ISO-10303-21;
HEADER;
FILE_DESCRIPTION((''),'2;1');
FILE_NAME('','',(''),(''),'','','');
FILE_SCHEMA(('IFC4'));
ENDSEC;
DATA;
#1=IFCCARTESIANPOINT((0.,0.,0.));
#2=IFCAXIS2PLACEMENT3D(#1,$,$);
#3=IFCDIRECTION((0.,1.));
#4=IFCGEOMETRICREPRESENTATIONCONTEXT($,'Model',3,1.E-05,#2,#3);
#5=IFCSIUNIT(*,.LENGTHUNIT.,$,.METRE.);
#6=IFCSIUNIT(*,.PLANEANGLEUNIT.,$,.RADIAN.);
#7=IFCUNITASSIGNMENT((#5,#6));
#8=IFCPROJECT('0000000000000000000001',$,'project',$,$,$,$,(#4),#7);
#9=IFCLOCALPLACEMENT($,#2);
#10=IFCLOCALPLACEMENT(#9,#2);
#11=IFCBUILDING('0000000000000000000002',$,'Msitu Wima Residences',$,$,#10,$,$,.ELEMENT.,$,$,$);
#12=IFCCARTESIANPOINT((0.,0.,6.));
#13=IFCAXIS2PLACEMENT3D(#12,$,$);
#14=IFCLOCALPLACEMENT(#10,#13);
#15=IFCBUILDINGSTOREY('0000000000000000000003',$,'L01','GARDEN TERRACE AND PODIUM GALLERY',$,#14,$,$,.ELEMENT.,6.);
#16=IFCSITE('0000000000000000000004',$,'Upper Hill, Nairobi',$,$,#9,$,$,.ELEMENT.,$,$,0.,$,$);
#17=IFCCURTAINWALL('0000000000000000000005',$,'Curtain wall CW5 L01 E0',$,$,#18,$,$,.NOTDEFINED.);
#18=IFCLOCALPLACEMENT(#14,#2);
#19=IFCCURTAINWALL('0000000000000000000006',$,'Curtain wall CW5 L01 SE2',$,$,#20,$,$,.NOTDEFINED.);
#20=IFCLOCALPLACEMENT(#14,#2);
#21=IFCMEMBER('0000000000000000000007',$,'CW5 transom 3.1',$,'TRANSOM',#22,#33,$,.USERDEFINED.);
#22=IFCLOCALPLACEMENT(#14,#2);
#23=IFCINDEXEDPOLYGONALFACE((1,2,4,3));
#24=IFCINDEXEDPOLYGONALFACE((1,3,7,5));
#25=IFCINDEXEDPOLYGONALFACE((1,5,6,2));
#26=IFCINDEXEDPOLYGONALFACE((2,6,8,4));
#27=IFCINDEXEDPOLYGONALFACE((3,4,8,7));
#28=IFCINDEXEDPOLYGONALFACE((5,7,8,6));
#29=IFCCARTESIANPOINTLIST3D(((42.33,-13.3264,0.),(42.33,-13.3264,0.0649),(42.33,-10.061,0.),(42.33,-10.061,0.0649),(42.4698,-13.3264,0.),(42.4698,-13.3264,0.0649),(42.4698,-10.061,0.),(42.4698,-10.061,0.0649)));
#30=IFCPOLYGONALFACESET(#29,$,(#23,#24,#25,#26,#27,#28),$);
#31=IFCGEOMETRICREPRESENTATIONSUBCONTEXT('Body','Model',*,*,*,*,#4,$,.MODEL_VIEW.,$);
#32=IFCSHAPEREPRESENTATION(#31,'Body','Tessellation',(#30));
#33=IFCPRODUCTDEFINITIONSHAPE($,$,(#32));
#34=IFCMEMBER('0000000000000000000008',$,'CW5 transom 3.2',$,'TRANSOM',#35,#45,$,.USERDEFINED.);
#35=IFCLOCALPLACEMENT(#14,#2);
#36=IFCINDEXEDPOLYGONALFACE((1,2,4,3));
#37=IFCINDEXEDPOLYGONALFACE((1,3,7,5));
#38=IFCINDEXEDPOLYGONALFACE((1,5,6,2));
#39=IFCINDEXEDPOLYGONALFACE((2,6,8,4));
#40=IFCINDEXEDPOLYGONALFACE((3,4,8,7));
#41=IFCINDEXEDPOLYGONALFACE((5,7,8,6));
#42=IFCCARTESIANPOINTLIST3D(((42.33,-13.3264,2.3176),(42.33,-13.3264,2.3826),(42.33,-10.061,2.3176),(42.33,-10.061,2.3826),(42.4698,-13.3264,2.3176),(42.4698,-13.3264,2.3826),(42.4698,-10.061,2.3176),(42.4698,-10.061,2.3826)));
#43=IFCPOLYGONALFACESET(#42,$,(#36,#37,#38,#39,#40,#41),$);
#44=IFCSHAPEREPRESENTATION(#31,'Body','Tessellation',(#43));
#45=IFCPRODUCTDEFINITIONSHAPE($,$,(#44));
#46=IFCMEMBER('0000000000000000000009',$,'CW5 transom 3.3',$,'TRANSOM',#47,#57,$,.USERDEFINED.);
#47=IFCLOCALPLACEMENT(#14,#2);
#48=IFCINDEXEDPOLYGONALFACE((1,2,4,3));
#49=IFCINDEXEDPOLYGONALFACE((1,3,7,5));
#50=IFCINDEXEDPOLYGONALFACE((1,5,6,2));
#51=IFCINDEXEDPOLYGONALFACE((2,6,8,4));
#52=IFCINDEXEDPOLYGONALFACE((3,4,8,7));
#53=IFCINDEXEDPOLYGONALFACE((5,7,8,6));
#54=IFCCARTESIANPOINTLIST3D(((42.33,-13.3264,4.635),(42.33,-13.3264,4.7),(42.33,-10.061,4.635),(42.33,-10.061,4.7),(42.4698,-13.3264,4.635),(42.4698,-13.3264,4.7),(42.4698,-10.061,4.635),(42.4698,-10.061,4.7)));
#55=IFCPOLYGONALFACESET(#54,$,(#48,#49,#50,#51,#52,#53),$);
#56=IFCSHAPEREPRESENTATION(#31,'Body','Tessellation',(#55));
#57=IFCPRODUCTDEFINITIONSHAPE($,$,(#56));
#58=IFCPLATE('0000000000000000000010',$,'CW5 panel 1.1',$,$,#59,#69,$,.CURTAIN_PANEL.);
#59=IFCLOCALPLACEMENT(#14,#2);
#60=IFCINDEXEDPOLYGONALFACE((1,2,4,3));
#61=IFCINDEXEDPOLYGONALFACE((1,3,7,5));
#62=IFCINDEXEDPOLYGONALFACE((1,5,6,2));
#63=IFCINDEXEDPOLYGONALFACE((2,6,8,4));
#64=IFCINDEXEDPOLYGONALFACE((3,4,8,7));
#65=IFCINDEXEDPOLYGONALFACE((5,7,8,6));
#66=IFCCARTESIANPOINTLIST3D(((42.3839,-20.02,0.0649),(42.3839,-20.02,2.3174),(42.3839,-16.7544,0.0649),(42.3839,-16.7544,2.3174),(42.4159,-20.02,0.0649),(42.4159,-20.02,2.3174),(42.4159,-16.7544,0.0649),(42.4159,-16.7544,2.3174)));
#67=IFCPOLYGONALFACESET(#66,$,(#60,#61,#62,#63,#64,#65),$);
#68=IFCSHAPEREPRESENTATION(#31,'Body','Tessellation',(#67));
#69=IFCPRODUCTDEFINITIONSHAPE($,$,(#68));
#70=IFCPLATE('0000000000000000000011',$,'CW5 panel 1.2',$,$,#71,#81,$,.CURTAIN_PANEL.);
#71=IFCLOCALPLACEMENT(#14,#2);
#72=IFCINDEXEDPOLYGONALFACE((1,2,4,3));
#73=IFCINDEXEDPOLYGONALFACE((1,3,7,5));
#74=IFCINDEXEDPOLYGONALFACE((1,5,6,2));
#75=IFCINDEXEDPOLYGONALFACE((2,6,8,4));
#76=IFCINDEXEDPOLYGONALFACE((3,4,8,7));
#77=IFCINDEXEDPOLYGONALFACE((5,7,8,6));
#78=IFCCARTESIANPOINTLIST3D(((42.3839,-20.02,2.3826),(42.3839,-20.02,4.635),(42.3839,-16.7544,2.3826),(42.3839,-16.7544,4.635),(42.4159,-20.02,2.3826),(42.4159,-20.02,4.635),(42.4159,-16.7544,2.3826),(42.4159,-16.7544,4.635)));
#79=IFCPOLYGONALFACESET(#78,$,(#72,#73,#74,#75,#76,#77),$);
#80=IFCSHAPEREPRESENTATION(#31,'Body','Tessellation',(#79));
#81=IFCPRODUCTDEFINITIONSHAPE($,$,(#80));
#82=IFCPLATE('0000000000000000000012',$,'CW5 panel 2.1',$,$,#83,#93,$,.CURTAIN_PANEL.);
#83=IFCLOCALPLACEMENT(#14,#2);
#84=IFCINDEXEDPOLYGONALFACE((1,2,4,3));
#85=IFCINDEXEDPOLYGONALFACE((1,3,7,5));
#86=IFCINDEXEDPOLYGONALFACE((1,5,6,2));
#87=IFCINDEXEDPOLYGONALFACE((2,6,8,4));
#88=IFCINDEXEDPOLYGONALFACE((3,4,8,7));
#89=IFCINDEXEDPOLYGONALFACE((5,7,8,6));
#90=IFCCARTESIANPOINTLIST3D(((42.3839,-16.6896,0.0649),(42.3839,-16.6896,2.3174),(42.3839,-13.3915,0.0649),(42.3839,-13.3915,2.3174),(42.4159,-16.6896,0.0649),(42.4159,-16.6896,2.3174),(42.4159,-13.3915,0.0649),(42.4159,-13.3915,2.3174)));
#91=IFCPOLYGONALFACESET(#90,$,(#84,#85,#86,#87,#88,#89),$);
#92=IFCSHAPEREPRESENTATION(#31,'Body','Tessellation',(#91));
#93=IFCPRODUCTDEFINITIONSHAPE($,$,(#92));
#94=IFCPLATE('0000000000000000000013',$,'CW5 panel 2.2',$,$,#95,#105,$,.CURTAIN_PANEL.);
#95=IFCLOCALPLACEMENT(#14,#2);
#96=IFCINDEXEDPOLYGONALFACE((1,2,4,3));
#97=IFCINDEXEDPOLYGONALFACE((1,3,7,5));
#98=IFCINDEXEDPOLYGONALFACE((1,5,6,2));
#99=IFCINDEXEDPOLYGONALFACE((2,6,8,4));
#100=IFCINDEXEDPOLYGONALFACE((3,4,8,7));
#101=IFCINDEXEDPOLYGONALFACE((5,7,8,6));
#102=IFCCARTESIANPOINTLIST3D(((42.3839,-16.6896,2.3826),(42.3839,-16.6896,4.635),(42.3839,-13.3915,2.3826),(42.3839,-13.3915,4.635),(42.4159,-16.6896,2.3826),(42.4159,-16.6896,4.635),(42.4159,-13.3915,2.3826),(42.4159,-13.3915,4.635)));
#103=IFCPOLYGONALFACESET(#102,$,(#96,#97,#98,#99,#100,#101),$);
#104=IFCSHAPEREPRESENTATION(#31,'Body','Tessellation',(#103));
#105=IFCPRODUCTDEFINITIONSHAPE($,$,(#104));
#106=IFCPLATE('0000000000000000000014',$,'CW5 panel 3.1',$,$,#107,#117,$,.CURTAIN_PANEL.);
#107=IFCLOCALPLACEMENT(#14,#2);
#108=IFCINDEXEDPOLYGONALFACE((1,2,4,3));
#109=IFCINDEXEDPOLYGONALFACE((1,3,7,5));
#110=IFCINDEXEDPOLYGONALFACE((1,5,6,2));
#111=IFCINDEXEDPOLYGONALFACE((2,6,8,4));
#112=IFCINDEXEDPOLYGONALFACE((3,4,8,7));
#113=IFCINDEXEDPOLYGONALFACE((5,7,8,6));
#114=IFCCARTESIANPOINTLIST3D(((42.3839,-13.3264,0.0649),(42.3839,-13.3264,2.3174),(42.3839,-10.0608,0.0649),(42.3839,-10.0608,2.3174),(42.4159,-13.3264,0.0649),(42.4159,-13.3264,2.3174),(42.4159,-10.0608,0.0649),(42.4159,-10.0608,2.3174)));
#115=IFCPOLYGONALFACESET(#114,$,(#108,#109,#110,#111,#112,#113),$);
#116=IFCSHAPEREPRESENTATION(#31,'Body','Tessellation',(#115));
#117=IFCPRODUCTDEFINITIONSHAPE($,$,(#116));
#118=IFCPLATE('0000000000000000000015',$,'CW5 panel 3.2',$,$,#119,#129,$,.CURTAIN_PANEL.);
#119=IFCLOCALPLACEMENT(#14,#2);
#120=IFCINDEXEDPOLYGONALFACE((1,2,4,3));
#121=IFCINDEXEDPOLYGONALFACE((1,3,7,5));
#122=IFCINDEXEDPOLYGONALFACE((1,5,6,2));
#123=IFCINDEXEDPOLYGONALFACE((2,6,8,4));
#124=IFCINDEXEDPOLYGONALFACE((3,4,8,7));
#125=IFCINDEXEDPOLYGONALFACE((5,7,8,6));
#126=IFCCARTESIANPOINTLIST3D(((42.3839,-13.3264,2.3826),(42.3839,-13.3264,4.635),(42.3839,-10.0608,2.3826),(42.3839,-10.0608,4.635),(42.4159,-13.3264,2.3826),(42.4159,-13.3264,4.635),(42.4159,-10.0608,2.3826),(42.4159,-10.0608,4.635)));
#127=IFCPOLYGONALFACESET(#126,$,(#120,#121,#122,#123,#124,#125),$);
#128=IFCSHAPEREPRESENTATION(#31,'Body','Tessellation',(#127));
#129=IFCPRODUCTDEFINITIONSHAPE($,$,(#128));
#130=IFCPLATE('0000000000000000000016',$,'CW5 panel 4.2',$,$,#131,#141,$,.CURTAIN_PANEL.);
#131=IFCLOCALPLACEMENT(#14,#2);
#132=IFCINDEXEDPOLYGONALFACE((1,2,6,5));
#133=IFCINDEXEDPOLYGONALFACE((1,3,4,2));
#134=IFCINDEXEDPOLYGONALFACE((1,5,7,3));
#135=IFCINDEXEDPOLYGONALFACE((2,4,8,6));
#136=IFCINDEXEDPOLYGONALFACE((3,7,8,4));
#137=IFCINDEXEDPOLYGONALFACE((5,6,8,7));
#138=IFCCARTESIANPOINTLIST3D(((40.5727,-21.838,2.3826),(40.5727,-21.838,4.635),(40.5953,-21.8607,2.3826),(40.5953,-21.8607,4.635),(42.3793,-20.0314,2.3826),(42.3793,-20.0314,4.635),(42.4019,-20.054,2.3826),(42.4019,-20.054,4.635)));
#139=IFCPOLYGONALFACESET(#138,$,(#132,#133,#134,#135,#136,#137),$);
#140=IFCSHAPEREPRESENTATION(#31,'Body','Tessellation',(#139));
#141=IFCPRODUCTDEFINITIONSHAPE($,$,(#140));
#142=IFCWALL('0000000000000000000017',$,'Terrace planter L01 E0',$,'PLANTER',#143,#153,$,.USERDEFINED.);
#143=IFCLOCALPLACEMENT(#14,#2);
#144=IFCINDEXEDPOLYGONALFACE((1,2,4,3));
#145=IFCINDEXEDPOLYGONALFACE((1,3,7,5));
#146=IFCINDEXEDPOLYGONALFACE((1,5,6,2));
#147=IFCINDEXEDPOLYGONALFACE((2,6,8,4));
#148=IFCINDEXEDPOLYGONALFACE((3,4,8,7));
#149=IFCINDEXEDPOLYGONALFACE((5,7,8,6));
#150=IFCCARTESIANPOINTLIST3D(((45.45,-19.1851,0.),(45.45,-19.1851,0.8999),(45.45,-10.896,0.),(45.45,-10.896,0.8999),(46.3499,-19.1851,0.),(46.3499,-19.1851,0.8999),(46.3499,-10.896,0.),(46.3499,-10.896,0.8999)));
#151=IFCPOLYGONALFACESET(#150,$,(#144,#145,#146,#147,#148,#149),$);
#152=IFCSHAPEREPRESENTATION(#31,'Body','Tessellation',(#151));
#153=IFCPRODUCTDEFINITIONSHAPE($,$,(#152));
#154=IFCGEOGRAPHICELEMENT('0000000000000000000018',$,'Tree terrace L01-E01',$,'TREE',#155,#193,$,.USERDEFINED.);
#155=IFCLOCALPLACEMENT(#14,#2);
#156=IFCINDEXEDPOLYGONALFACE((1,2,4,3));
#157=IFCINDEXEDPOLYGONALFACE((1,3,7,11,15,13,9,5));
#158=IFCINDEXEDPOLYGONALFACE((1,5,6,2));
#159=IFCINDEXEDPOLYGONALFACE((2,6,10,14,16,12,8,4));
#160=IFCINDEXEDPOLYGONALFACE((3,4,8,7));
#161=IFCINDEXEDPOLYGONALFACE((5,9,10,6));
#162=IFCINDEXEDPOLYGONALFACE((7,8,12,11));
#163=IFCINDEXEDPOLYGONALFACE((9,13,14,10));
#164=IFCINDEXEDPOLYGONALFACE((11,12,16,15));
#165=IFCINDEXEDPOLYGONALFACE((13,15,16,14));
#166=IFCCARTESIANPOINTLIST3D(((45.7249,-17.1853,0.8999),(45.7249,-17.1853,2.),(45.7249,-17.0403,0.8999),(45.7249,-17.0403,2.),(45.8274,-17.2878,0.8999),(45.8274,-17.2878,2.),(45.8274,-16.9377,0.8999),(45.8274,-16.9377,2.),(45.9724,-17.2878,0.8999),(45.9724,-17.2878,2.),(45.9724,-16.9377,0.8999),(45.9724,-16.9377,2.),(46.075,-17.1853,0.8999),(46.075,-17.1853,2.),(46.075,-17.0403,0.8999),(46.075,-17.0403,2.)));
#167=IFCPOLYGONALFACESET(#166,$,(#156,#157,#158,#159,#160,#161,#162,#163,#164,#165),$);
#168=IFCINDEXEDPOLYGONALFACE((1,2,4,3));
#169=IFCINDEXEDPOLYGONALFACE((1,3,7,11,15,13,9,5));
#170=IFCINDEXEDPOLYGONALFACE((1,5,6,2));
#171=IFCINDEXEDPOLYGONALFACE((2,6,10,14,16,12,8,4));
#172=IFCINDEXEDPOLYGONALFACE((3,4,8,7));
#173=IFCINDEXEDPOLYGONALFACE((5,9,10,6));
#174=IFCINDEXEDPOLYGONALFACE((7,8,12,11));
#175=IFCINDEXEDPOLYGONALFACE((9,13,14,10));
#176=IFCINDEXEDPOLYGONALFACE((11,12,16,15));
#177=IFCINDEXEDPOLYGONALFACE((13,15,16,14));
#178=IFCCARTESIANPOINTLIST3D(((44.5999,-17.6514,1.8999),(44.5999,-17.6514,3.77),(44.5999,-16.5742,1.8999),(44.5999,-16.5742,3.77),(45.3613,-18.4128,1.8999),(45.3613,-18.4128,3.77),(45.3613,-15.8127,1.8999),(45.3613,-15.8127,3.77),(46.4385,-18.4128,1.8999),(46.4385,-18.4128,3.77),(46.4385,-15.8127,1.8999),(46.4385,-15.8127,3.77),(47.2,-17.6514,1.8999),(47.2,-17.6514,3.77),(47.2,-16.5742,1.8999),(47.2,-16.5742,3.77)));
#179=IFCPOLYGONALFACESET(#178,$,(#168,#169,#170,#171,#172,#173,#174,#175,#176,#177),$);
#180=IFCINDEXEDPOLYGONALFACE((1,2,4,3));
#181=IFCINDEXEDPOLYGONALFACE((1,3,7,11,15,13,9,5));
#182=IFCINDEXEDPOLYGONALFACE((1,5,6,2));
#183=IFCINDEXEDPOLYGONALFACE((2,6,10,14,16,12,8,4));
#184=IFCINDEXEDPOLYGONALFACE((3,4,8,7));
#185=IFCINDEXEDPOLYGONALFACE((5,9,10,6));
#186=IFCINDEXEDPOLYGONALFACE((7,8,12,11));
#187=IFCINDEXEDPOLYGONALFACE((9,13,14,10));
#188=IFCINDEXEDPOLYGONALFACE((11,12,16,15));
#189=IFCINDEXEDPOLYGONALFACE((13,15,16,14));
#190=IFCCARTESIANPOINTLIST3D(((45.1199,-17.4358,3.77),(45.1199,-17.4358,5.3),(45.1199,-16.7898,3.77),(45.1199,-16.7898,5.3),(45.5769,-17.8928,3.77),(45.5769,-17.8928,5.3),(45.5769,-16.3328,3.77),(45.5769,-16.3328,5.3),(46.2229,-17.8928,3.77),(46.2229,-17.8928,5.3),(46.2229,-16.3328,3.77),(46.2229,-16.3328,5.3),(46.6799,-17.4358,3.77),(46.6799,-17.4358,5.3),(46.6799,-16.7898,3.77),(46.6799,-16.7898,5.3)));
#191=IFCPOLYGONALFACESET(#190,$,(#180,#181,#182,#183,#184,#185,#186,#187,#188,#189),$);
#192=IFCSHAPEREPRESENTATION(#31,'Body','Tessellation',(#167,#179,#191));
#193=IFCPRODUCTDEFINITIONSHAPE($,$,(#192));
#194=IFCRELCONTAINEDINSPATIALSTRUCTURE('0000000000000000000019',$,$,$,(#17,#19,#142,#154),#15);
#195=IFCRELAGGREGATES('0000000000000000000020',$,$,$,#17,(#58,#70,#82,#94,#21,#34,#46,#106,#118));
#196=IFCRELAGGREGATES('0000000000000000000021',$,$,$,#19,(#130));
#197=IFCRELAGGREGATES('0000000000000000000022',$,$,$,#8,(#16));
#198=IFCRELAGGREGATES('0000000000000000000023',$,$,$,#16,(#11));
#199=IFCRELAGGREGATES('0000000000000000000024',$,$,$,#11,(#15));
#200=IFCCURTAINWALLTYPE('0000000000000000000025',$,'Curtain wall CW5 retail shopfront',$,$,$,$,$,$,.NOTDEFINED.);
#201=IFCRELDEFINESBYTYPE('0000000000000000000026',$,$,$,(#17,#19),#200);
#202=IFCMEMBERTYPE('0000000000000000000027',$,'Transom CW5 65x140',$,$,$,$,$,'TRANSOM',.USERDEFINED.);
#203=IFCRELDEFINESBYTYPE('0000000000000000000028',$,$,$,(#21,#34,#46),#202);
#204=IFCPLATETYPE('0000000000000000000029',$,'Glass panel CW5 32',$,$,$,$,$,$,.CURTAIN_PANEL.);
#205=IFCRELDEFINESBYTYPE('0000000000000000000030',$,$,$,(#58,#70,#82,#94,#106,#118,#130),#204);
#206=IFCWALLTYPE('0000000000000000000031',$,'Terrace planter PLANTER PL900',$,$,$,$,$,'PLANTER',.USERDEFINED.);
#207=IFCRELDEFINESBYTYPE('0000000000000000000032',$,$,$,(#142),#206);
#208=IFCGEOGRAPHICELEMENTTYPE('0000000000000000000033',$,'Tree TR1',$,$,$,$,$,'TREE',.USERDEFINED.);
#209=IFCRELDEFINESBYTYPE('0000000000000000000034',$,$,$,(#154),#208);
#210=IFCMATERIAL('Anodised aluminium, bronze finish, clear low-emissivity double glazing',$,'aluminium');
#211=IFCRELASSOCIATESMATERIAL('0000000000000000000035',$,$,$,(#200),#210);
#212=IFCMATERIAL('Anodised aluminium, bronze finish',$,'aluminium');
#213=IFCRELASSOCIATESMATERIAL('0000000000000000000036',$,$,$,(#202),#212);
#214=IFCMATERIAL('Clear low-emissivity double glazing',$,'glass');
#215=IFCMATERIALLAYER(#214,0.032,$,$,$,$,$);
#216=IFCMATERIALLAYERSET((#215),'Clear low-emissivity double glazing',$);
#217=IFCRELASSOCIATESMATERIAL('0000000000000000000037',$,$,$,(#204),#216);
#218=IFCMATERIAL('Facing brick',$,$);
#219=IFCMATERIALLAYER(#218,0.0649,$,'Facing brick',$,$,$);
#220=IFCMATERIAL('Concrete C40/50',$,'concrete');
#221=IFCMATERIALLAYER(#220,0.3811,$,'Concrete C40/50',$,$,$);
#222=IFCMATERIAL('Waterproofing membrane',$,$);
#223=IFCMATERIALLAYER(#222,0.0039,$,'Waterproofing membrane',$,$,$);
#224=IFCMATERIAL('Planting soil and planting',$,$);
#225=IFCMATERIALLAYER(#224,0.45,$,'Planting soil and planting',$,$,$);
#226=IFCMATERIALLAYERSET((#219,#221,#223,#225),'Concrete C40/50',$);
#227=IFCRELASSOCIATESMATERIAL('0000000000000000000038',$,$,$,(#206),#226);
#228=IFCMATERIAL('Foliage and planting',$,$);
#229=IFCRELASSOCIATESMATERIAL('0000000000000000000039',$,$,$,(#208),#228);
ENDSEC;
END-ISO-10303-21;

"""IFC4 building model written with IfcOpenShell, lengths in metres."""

from ifc_helpers import new_model, si_unit, direction, frame, frame_2d, origin, origin_2d, place, context, subcontext, project, spatial, polyline, rectangle, outline, extrude, material, layer, layer_set, material_profile, profile_set, type_object, element, aggregate, save


model = new_model("IFC4")

# Units and contexts
model_context = context("Model", 3, precision=1e-05, world=origin(), true_north=direction((0.0, 1.0)))
body_context = subcontext(model_context, "Body", "Model", "MODEL_VIEW")
ifc_project = project(units=[si_unit("LENGTHUNIT", "METRE"), si_unit("PLANEANGLEUNIT", "RADIAN")], contexts=[model_context])

# Site, building, storey
site_placement = place(None, origin())
site = spatial("IfcSite", under=ifc_project, at=site_placement, Name="Upper Hill, Nairobi", CompositionType="ELEMENT", RefElevation=0.0)
building_placement = place(site_placement, origin())
building = spatial("IfcBuilding", under=site, at=building_placement, Name="Msitu Wima Residences", CompositionType="ELEMENT")
storey_placement = place(building_placement, frame((0.0, 0.0, 6.0)))
storey = spatial("IfcBuildingStorey", under=building, at=storey_placement, Name="L01", Description="GARDEN TERRACE AND PODIUM GALLERY", CompositionType="ELEMENT", Elevation=6.0)

# Curtain wall
ifc_material_1 = material(Name="Anodised aluminium, bronze finish, clear low-emissivity double glazing", Category="aluminium")
curtain_wall_type = type_object("IfcCurtainWallType", Name="Curtain wall CW5 retail shopfront", PredefinedType="NOTDEFINED", material=ifc_material_1)
curtain_wall_1_placement = place(storey_placement, origin())
curtain_wall_1 = element("IfcCurtainWall", 1, at=curtain_wall_1_placement, inside=storey, type_object=curtain_wall_type, Name="Curtain wall CW5 L01 E0", PredefinedType="NOTDEFINED")
ifc_material_2 = material(Name="Anodised aluminium, bronze finish", Category="aluminium")

# Curtain wall
curtain_wall_2_placement = place(storey_placement, origin())
curtain_wall_2 = element("IfcCurtainWall", 2, at=curtain_wall_2_placement, inside=storey, type_object=curtain_wall_type, Name="Curtain wall CW5 L01 SE2", PredefinedType="NOTDEFINED")

# Members
ifc_material_profile_1 = material_profile(ifc_material_2, rectangle(XDim=0.1399, YDim=0.0649, at=origin_2d()), Name="Transom 65x140")
ifc_profile_set_1 = profile_set([ifc_material_profile_1], Name="Anodised aluminium, bronze finish")
member_type_1 = type_object("IfcMemberType", Name="Transom CW5 65x140", ElementType="TRANSOM", PredefinedType="USERDEFINED", material=ifc_profile_set_1)
member_1_placement = place(storey_placement, frame((42.3999, -13.3264, 0.0325), z_axis=(0.0, 1.0, 0.0), x_axis=(-1.0, 0.0, 0.0)))
member_1 = element("IfcMember", 3, at=member_1_placement, type_object=member_type_1, Name="CW5 transom 3.1", ObjectType="TRANSOM", PredefinedType="USERDEFINED", context=body_context, shape_type="SweptSolid", body=[
    extrude(rectangle(XDim=0.1399, YDim=0.0649, at=origin_2d()), origin(), (0.0, 0.0, 1.0), 3.2654),
])
member_2_placement = place(storey_placement, frame((42.3999, -13.3264, 2.3501), z_axis=(0.0, 1.0, 0.0), x_axis=(-1.0, 0.0, 0.0)))
member_2 = element("IfcMember", 4, at=member_2_placement, type_object=member_type_1, Name="CW5 transom 3.2", ObjectType="TRANSOM", PredefinedType="USERDEFINED", context=body_context, shape_type="SweptSolid", body=[
    extrude(rectangle(XDim=0.1399, YDim=0.0649, at=origin_2d()), origin(), (0.0, 0.0, 1.0), 3.2654),
])
member_3_placement = place(storey_placement, frame((42.3999, -13.3264, 4.6675), z_axis=(0.0, 1.0, 0.0), x_axis=(-1.0, 0.0, 0.0)))
member_3 = element("IfcMember", 5, at=member_3_placement, type_object=member_type_1, Name="CW5 transom 3.3", ObjectType="TRANSOM", PredefinedType="USERDEFINED", context=body_context, shape_type="SweptSolid", body=[
    extrude(rectangle(XDim=0.1399, YDim=0.0649, at=origin_2d()), origin(), (0.0, 0.0, 1.0), 3.2654),
])

# Plates
ifc_material_3 = material(Name="Clear low-emissivity double glazing", Category="glass")
ifc_layer_1 = layer(ifc_material_3, 0.032)
ifc_layer_set_1 = layer_set([ifc_layer_1], Name="Clear low-emissivity double glazing")
plate_type = type_object("IfcPlateType", Name="Glass panel CW5 32", PredefinedType="CURTAIN_PANEL", material=ifc_layer_set_1)
plate_1_placement = place(storey_placement, frame((42.3999, -18.3872, 0.0649), z_axis=(0.0, 0.0, 1.0), x_axis=(0.0, 1.0, 0.0)))
plate_1 = element("IfcPlate", 6, at=plate_1_placement, type_object=plate_type, Name="CW5 panel 1.1", PredefinedType="CURTAIN_PANEL", context=body_context, shape_type="SweptSolid", body=[
    extrude(rectangle(XDim=3.2656, YDim=0.032, at=origin_2d()), origin(), (0.0, 0.0, 1.0), 2.2524),
])
plate_2_placement = place(storey_placement, frame((42.3999, -18.3872, 2.3826), z_axis=(0.0, 0.0, 1.0), x_axis=(0.0, 1.0, 0.0)))
plate_2 = element("IfcPlate", 7, at=plate_2_placement, type_object=plate_type, Name="CW5 panel 1.2", PredefinedType="CURTAIN_PANEL", context=body_context, shape_type="SweptSolid", body=[
    extrude(rectangle(XDim=3.2656, YDim=0.032, at=origin_2d()), origin(), (0.0, 0.0, 1.0), 2.2524),
])
plate_3_placement = place(storey_placement, frame((42.3999, -15.0405, 0.0649), z_axis=(0.0, 0.0, 1.0), x_axis=(0.0, 1.0, 0.0)))
plate_3 = element("IfcPlate", 8, at=plate_3_placement, type_object=plate_type, Name="CW5 panel 2.1", PredefinedType="CURTAIN_PANEL", context=body_context, shape_type="SweptSolid", body=[
    extrude(rectangle(XDim=3.2981, YDim=0.032, at=origin_2d()), origin(), (0.0, 0.0, 1.0), 2.2524),
])
plate_4_placement = place(storey_placement, frame((42.3999, -15.0405, 2.3826), z_axis=(0.0, 0.0, 1.0), x_axis=(0.0, 1.0, 0.0)))
plate_4 = element("IfcPlate", 9, at=plate_4_placement, type_object=plate_type, Name="CW5 panel 2.2", PredefinedType="CURTAIN_PANEL", context=body_context, shape_type="SweptSolid", body=[
    extrude(rectangle(XDim=3.2981, YDim=0.032, at=origin_2d()), origin(), (0.0, 0.0, 1.0), 2.2524),
])
plate_5_placement = place(storey_placement, frame((42.3999, -11.6936, 0.0649), z_axis=(0.0, 0.0, 1.0), x_axis=(0.0, 1.0, 0.0)))
plate_5 = element("IfcPlate", 10, at=plate_5_placement, type_object=plate_type, Name="CW5 panel 3.1", PredefinedType="CURTAIN_PANEL", context=body_context, shape_type="SweptSolid", body=[
    extrude(rectangle(XDim=3.2656, YDim=0.032, at=origin_2d()), origin(), (0.0, 0.0, 1.0), 2.2524),
])
plate_6_placement = place(storey_placement, frame((42.3999, -11.6936, 2.3826), z_axis=(0.0, 0.0, 1.0), x_axis=(0.0, 1.0, 0.0)))
plate_6 = element("IfcPlate", 11, at=plate_6_placement, type_object=plate_type, Name="CW5 panel 3.2", PredefinedType="CURTAIN_PANEL", context=body_context, shape_type="SweptSolid", body=[
    extrude(rectangle(XDim=3.2656, YDim=0.032, at=origin_2d()), origin(), (0.0, 0.0, 1.0), 2.2524),
])
aggregate(curtain_wall_1, [plate_1, plate_2, plate_3, plate_4, member_1, member_2, member_3, plate_5, plate_6])
plate_7_placement = place(storey_placement, frame((41.4873, -20.946, 2.3826), z_axis=(0.0, 0.0, 1.0), x_axis=(0.707107, 0.707107, 0.0)))
plate_7 = element("IfcPlate", 12, at=plate_7_placement, type_object=plate_type, Name="CW5 panel 4.2", PredefinedType="CURTAIN_PANEL", context=body_context, shape_type="SweptSolid", body=[
    extrude(rectangle(XDim=2.5549, YDim=0.032, at=origin_2d()), origin(), (0.0, 0.0, 1.0), 2.2524),
])
aggregate(curtain_wall_2, [plate_7])

# Wall
ifc_material_4 = material(Name="Facing brick")
ifc_layer_2 = layer(ifc_material_4, 0.0649, Name="Facing brick")
ifc_material_5 = material(Name="Concrete C40/50", Category="concrete")
ifc_layer_3 = layer(ifc_material_5, 0.3811, Name="Concrete C40/50")
ifc_material_6 = material(Name="Waterproofing membrane")
ifc_layer_4 = layer(ifc_material_6, 0.0039, Name="Waterproofing membrane")
ifc_material_7 = material(Name="Planting soil and planting")
ifc_layer_5 = layer(ifc_material_7, 0.45, Name="Planting soil and planting")
ifc_layer_set_2 = layer_set([ifc_layer_2, ifc_layer_3, ifc_layer_4, ifc_layer_5], Name="Concrete C40/50")
wall_type = type_object("IfcWallType", Name="Terrace planter PLANTER PL900", ElementType="PLANTER", PredefinedType="USERDEFINED", material=ifc_layer_set_2)
wall_placement = place(storey_placement, frame((45.8999, -19.1851, 0.0), z_axis=(0.0, 0.0, 1.0), x_axis=(0.0, 1.0, 0.0)))
element("IfcWall", 13, at=wall_placement, inside=storey, type_object=wall_type, Name="Terrace planter L01 E0", ObjectType="PLANTER", PredefinedType="USERDEFINED", context=body_context, shape_type="SweptSolid", body=[
    extrude(rectangle(XDim=8.2891, YDim=0.8999, at=frame_2d((4.1445, 0.0))), origin(), (0.0, 0.0, 1.0), 0.8999),
])

# Geographic element
ifc_material_8 = material(Name="Foliage and planting")
geographic_element_type = type_object("IfcGeographicElementType", Name="Tree TR1", ElementType="TREE", PredefinedType="USERDEFINED", material=ifc_material_8)
for number, where, z_axis, x_axis, name in (
    (14, (45.8999, -17.1128, 0.8999), (0.0, 0.0, 1.0), (1.0, 0.0, 0.0), "Tree terrace L01-E01"),
):
    element("IfcGeographicElement", number, at=place(storey_placement, frame(where, z_axis=z_axis, x_axis=x_axis)), inside=storey, type_object=geographic_element_type, Name=name, ObjectType="TREE", PredefinedType="USERDEFINED", context=body_context, shape_type="SweptSolid", body=[
        extrude(outline(polyline([(0.175, 0.0725), (0.0725, 0.175), (-0.0725, 0.175), (-0.175, 0.0725), (-0.175, -0.0725), (-0.0725, -0.175), (0.0725, -0.175), (0.175, -0.0725), (0.175, 0.0725)])), origin(), (0.0, 0.0, 1.0), 1.1001),
        extrude(outline(polyline([(1.3, 0.5386), (0.5386, 1.3), (-0.5386, 1.3), (-1.3, 0.5386), (-1.3, -0.5386), (-0.5386, -1.3), (0.5386, -1.3), (1.3, -0.5386), (1.3, 0.5386)])), frame((0.0, 0.0, 1.0)), (0.0, 0.0, 1.0), 1.8701),
        extrude(outline(polyline([(0.78, 0.323), (0.323, 0.78), (-0.323, 0.78), (-0.78, 0.323), (-0.78, -0.323), (-0.323, -0.78), (0.323, -0.78), (0.78, -0.323), (0.78, 0.323)])), frame((0.0, 0.0, 2.8701)), (0.0, 0.0, 1.0), 1.53),
    ])

save(model, "model.ifc")
